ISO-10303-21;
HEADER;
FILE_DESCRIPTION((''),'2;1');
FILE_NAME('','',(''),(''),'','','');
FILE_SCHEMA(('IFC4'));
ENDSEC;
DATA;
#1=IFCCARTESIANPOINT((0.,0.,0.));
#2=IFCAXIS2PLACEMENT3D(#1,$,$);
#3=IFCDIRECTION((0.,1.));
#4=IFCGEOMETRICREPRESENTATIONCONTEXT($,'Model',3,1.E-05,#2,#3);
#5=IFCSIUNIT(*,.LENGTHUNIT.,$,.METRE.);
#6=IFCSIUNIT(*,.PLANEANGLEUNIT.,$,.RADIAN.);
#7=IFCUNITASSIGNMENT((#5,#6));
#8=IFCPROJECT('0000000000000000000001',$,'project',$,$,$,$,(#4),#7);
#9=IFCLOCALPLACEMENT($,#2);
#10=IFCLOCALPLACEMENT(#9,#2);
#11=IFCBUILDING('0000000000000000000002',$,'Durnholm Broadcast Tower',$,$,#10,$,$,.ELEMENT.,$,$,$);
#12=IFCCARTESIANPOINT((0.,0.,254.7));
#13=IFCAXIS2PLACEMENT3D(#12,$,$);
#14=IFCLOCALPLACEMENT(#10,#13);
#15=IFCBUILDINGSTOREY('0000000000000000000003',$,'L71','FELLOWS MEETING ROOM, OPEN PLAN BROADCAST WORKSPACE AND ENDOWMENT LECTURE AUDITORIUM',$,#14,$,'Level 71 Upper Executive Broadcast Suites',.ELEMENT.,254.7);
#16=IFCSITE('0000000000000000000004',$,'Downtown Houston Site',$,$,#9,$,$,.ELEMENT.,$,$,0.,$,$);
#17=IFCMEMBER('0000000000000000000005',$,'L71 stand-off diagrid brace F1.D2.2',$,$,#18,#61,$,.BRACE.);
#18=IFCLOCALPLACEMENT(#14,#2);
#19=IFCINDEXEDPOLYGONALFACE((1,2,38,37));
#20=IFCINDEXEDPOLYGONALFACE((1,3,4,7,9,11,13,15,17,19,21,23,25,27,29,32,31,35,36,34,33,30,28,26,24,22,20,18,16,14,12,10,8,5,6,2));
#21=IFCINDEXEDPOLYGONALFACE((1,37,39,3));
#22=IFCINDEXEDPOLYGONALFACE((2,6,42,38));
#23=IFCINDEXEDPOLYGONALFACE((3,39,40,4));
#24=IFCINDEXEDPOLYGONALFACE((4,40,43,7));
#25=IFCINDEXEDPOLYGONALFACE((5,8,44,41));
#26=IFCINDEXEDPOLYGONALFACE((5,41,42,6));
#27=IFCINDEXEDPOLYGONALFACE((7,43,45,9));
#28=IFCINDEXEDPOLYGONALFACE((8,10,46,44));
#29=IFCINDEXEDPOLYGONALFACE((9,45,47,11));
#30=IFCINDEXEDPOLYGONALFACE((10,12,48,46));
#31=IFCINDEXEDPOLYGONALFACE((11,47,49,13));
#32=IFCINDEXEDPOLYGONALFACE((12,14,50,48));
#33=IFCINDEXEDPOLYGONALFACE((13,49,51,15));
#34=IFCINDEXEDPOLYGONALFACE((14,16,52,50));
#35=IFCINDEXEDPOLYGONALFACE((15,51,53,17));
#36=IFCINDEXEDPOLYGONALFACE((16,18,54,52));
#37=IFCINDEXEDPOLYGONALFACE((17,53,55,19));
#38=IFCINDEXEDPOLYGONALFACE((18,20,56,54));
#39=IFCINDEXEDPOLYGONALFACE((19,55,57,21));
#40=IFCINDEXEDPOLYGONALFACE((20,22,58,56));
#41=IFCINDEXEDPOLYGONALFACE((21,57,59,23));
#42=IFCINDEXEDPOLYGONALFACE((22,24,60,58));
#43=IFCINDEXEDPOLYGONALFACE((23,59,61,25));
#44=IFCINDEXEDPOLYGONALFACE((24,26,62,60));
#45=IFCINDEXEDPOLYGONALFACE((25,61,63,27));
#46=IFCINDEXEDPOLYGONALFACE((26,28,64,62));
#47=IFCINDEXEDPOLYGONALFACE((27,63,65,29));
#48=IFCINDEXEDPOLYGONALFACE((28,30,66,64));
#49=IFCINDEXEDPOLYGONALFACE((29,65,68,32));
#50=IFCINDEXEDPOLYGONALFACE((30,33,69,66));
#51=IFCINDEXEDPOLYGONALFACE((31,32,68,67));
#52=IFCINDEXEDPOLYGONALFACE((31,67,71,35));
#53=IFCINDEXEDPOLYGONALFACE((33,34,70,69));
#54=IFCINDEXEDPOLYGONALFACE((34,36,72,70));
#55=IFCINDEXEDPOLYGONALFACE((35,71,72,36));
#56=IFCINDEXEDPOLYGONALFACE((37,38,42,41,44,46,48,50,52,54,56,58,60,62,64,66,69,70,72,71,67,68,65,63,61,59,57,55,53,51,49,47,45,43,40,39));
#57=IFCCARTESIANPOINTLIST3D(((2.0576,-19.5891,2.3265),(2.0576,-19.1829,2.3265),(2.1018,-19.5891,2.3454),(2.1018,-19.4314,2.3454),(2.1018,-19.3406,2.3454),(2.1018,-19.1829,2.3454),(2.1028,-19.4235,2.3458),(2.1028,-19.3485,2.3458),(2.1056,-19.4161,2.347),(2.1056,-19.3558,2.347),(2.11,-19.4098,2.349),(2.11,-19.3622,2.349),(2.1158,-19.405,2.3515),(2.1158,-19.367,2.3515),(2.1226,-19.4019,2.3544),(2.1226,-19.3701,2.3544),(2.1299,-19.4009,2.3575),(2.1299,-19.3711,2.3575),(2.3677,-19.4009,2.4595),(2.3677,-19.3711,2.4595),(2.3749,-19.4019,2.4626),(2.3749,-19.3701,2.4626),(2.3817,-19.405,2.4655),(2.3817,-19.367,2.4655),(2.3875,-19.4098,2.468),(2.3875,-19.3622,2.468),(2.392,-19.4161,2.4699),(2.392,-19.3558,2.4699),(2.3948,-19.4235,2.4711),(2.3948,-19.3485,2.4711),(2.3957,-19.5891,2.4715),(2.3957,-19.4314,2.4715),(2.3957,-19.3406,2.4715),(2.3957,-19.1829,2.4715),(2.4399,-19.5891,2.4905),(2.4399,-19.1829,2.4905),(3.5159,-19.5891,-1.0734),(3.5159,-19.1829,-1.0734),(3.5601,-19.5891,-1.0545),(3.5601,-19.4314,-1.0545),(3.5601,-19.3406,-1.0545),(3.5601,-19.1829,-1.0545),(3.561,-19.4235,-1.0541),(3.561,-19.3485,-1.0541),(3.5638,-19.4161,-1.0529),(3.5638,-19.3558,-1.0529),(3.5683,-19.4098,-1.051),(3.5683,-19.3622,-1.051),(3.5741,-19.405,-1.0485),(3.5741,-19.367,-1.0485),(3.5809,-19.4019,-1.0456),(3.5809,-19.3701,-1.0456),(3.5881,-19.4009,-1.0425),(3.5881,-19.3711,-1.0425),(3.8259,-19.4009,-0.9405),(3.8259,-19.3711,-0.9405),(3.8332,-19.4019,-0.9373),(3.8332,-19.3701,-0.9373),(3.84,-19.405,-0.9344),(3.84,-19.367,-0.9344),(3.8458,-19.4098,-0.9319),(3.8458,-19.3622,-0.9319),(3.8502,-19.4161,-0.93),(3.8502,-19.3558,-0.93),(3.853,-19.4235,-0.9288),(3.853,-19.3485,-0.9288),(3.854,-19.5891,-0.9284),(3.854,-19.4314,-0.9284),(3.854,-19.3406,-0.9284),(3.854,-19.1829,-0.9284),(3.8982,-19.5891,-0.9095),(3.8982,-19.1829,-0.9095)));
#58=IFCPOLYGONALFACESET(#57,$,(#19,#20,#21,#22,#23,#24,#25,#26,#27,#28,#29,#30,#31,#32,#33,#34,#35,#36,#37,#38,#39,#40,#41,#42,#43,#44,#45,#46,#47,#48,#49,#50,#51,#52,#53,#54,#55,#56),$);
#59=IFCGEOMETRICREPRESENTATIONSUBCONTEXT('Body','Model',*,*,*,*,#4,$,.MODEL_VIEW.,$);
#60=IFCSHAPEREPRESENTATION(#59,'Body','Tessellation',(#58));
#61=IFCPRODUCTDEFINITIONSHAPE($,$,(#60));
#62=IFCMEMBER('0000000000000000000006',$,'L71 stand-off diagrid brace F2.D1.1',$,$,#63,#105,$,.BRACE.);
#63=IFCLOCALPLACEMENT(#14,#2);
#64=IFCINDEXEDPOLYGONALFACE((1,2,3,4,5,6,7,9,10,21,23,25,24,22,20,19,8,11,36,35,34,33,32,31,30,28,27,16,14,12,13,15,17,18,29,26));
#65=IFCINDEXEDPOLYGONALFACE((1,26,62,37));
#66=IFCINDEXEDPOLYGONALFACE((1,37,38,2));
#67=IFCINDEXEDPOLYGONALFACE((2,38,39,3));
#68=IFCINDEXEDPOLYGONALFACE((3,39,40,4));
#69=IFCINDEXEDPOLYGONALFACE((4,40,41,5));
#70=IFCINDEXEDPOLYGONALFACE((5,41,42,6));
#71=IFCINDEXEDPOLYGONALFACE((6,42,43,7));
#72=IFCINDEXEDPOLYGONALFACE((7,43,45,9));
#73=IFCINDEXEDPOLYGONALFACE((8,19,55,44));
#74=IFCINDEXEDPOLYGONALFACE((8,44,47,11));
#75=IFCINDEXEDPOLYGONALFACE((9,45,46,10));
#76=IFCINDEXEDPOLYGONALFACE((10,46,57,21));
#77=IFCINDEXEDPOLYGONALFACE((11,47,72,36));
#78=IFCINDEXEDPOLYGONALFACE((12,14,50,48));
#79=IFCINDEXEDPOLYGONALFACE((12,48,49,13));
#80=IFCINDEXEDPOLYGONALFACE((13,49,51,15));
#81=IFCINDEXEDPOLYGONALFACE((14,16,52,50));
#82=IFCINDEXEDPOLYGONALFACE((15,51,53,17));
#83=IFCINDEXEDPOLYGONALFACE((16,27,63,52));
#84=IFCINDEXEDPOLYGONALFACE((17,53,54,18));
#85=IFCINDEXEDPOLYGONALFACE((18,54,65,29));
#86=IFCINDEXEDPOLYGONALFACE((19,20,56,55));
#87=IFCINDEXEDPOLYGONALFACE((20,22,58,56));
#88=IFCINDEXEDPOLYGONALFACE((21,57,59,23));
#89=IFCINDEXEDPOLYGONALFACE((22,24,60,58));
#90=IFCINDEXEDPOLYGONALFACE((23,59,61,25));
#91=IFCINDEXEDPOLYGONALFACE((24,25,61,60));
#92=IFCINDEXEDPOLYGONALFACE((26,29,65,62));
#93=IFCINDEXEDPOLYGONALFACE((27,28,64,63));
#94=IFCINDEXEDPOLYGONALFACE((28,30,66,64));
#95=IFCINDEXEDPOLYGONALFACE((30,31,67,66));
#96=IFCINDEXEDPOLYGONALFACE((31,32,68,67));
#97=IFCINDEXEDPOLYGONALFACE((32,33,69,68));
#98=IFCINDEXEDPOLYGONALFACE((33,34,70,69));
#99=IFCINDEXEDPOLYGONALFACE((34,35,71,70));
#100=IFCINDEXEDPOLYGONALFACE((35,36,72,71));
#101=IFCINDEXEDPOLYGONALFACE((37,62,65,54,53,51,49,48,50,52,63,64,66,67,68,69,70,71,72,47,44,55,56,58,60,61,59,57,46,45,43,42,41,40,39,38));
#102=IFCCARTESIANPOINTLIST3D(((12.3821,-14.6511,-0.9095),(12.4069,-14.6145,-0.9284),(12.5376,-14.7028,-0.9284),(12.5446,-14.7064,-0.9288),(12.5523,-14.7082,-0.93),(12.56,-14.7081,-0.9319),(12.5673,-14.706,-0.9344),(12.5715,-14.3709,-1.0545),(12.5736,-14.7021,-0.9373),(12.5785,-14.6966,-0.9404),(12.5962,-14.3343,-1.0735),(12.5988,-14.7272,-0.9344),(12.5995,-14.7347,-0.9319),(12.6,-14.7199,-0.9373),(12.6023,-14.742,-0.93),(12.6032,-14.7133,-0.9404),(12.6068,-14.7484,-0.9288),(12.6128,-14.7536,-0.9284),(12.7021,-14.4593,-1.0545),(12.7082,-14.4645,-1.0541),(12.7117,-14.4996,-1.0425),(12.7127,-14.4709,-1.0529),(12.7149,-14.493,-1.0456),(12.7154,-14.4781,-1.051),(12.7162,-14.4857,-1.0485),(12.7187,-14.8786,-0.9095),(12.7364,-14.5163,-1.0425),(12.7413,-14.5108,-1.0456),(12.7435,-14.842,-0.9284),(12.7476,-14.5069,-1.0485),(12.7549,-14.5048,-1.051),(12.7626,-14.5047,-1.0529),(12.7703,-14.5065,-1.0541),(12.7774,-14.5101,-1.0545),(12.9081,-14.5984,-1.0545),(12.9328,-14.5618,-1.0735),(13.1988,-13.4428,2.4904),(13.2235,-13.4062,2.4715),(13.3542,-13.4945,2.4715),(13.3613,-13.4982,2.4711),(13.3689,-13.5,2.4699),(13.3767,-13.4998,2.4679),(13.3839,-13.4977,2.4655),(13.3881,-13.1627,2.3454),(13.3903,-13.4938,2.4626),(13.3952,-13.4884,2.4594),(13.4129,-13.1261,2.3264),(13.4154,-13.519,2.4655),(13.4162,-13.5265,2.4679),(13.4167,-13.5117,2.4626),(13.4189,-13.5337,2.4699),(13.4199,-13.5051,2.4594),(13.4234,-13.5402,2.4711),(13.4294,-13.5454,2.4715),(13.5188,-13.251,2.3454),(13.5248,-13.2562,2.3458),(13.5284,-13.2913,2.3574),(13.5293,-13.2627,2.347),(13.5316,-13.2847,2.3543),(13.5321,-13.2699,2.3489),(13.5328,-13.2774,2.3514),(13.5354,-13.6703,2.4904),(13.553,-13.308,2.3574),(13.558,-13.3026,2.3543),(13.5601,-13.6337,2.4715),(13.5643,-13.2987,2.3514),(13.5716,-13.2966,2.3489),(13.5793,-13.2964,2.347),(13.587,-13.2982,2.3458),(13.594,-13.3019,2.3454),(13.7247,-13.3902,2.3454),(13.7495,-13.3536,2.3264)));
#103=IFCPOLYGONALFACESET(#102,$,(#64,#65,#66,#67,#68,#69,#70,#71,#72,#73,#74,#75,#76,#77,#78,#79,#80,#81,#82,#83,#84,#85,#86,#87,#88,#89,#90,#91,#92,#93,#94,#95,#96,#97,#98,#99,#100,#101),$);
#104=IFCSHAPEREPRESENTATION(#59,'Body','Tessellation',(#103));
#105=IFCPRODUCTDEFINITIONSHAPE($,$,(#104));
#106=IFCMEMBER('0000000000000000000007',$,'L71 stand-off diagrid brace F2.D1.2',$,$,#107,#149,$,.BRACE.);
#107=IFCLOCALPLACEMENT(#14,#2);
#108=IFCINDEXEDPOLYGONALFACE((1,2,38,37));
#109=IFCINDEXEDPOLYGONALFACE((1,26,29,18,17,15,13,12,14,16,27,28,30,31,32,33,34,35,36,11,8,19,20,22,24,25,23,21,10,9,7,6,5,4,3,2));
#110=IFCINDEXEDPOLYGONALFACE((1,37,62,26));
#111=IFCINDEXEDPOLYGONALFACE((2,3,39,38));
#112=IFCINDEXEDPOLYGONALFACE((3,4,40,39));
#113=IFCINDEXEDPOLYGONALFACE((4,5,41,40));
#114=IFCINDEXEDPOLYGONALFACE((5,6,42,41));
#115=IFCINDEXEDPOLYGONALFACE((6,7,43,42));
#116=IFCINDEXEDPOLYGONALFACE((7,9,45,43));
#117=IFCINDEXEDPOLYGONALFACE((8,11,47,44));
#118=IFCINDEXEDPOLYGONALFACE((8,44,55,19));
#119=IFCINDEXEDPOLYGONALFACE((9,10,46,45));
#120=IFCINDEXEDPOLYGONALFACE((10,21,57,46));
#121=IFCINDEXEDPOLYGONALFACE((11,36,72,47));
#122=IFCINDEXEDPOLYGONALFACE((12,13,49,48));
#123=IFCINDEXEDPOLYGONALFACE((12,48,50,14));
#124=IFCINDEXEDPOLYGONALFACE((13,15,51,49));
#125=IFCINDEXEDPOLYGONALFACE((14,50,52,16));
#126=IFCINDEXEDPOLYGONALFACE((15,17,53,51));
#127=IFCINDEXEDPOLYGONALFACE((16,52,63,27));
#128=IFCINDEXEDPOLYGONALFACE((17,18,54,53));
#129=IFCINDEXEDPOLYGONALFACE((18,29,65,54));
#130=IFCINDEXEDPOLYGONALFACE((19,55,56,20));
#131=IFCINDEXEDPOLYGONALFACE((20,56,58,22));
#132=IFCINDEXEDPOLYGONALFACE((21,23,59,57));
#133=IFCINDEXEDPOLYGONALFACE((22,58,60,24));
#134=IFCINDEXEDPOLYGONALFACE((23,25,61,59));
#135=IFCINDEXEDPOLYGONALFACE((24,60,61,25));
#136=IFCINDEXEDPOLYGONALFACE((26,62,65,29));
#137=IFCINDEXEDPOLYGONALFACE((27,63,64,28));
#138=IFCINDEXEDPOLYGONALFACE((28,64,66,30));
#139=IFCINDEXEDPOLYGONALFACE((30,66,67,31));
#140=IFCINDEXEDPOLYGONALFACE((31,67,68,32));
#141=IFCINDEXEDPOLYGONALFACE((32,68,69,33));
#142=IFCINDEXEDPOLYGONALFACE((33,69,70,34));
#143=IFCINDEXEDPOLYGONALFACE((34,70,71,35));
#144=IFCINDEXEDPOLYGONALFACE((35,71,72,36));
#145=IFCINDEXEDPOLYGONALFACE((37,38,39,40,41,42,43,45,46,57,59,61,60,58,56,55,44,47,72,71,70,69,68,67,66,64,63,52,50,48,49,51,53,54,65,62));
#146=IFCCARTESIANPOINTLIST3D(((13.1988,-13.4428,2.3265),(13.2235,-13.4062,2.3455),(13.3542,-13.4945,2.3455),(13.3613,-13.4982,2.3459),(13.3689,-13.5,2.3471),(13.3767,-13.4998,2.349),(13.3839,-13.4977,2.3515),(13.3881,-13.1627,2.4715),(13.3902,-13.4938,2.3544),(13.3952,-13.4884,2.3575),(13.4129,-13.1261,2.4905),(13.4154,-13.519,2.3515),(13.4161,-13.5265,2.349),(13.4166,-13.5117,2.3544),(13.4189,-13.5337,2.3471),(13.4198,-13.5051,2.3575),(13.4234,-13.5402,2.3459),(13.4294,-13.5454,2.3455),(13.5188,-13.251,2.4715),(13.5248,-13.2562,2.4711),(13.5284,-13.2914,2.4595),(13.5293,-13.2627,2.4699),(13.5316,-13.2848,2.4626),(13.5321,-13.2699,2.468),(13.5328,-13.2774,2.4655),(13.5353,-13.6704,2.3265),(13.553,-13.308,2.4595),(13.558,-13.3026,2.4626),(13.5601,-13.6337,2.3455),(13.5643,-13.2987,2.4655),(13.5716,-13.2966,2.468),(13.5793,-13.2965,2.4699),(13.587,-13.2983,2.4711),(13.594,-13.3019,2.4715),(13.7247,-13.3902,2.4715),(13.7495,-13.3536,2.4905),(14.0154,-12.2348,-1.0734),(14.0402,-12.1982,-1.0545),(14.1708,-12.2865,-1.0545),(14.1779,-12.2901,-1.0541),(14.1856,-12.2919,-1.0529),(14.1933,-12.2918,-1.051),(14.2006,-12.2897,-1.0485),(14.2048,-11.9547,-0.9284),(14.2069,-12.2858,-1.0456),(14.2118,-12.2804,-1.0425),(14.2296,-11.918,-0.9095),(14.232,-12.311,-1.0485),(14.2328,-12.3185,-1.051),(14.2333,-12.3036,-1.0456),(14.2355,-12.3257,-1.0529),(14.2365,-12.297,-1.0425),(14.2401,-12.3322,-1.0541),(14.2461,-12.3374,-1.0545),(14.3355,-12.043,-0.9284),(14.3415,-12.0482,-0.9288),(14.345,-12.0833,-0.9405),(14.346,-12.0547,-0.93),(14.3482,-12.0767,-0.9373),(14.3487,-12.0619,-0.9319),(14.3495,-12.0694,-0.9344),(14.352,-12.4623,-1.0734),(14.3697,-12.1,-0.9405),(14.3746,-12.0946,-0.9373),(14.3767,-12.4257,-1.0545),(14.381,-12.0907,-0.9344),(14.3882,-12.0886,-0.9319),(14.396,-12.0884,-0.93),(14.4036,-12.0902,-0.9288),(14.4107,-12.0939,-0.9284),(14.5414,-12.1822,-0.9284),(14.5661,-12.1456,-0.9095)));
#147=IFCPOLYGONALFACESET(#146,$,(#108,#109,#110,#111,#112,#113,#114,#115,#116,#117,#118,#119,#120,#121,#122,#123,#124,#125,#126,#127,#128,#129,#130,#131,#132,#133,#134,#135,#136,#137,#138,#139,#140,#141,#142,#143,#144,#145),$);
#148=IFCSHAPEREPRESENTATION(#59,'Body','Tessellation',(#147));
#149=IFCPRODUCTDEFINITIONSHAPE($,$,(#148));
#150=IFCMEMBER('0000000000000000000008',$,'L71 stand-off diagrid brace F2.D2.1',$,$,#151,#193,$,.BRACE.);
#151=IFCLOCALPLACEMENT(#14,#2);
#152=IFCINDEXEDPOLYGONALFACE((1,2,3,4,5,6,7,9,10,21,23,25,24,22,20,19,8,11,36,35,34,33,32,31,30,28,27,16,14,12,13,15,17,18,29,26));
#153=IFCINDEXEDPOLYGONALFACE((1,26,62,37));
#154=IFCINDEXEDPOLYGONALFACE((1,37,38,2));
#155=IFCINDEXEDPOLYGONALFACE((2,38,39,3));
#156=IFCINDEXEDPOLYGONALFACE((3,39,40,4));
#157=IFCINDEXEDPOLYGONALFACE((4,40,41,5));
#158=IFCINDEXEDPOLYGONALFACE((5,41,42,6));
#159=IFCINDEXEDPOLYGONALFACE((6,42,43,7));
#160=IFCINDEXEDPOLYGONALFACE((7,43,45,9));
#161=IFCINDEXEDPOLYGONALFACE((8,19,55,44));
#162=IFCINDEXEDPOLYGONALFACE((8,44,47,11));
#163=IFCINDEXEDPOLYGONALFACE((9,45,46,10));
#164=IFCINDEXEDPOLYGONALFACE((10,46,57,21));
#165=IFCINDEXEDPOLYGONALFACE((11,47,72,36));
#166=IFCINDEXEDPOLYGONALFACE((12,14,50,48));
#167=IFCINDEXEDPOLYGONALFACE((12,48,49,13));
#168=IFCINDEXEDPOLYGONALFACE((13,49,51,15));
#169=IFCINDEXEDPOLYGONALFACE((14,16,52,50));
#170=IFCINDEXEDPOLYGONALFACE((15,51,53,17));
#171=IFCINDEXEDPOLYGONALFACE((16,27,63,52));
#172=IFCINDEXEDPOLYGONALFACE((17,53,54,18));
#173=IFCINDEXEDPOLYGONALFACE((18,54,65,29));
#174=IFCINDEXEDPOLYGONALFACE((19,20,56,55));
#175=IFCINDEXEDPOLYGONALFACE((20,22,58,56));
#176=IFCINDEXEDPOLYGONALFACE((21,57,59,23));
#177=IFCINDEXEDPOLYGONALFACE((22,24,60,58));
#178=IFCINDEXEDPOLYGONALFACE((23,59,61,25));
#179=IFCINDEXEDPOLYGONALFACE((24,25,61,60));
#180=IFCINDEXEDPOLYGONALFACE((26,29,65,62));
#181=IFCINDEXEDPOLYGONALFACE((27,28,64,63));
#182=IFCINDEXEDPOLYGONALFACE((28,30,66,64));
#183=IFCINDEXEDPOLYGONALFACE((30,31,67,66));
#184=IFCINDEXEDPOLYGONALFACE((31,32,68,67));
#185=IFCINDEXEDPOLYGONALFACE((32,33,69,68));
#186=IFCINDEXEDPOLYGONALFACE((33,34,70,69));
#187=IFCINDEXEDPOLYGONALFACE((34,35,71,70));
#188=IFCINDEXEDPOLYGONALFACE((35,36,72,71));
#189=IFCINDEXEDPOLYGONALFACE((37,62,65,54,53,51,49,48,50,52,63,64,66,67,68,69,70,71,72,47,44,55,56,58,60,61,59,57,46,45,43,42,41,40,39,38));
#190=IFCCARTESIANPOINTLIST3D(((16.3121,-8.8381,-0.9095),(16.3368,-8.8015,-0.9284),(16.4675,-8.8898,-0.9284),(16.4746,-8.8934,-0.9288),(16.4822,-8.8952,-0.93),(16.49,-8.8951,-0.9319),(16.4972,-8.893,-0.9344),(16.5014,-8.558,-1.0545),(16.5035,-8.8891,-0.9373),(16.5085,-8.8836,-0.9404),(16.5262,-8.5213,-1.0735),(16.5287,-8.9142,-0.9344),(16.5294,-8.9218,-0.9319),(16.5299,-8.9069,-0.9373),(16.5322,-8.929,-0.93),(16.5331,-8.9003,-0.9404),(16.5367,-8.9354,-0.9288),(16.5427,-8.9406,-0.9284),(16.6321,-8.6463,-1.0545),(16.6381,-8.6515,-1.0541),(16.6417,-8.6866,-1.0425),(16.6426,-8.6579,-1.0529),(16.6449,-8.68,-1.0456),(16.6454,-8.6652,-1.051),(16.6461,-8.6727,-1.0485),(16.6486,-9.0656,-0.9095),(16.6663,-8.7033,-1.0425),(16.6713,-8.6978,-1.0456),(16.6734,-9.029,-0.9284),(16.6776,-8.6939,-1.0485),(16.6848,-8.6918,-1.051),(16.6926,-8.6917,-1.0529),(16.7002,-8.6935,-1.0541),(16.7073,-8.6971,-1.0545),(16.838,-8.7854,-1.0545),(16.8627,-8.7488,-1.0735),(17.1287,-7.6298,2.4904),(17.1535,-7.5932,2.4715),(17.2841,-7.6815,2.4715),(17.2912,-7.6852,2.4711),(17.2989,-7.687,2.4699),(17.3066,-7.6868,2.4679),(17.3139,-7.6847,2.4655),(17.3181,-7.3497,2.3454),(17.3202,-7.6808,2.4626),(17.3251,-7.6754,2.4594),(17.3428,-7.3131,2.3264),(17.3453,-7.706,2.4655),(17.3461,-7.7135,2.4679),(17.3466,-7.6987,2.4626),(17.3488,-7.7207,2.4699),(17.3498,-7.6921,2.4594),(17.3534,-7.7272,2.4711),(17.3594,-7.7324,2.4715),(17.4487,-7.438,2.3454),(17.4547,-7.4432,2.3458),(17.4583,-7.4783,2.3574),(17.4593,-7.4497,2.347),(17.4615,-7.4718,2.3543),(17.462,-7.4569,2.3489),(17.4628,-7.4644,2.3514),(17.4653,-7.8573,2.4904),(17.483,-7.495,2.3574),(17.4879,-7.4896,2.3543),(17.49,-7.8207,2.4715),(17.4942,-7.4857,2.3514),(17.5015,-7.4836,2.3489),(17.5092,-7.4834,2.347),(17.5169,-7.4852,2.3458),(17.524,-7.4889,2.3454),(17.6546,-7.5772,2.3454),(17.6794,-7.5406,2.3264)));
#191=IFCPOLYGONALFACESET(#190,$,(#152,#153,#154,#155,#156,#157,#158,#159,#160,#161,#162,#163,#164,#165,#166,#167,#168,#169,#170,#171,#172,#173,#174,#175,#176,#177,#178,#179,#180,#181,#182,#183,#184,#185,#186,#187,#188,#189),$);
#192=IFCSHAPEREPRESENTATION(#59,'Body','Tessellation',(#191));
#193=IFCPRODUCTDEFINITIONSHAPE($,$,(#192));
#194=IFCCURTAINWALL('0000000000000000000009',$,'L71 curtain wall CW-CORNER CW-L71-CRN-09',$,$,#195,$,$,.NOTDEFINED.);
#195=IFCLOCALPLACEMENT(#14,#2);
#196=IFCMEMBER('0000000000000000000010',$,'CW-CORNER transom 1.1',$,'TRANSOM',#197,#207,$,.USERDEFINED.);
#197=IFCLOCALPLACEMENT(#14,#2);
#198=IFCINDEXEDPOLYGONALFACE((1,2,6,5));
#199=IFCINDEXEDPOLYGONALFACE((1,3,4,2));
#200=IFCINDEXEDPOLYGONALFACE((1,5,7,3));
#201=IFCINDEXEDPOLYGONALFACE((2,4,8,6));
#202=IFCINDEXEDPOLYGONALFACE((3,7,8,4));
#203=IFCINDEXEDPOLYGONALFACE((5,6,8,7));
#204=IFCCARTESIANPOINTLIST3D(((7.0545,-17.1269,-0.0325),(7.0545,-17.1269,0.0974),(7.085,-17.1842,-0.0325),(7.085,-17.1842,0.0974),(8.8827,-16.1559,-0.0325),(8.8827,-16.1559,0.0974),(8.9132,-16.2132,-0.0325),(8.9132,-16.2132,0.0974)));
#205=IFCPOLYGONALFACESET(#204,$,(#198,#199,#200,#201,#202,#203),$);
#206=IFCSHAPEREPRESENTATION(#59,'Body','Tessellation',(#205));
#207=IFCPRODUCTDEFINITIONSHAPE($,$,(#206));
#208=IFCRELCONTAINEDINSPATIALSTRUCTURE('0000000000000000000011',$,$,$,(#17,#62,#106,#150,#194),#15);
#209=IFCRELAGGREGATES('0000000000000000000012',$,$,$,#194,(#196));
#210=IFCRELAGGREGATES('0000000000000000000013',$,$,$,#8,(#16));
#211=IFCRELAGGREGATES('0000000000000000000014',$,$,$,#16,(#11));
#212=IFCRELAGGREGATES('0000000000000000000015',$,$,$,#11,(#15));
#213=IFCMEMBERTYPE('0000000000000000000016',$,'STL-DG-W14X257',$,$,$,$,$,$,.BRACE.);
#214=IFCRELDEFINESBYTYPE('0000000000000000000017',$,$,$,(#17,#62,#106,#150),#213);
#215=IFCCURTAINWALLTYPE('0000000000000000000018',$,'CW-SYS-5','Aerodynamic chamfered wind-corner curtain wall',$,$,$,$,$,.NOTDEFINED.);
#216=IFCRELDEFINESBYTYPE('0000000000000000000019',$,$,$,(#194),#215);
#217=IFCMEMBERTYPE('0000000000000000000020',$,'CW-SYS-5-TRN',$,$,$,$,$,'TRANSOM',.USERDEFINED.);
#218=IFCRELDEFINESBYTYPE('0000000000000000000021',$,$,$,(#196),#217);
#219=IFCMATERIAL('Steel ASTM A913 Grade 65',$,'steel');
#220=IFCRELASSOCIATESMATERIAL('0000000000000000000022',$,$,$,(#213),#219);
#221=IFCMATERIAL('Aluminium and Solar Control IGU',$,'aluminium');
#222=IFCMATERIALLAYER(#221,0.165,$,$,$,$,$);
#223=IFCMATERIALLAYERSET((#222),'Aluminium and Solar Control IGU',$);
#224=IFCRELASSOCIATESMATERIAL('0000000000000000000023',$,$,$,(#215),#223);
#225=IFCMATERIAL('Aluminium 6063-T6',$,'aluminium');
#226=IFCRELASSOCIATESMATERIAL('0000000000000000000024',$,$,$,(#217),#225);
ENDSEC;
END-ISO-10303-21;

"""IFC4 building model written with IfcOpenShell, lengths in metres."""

from ifc_helpers import new_model, si_unit, direction, frame, origin, origin_2d, place, context, subcontext, project, spatial, rectangle, i_section, extrude, source, transform, mapped, material, layer, layer_set, material_profile, profile_set, type_object, type_shapes, element, aggregate, save


model = new_model("IFC4")

# Units and contexts
model_context = context("Model", 3, precision=1e-05, world=origin(), true_north=direction((0.0, 1.0)))
body_context = subcontext(model_context, "Body", "Model", "MODEL_VIEW")
ifc_project = project(units=[si_unit("LENGTHUNIT", "METRE"), si_unit("PLANEANGLEUNIT", "RADIAN")], contexts=[model_context])

# Site, building, storey
site_placement = place(None, origin())
site = spatial("IfcSite", under=ifc_project, at=site_placement, Name="Downtown Houston Site", CompositionType="ELEMENT", RefElevation=0.0)
building_placement = place(site_placement, origin())
building = spatial("IfcBuilding", under=site, at=building_placement, Name="Durnholm Broadcast Tower", CompositionType="ELEMENT")
storey_placement = place(building_placement, frame((0.0, 0.0, 254.7)))
storey = spatial("IfcBuildingStorey", under=building, at=storey_placement, Name="L71", Description="FELLOWS MEETING ROOM, OPEN PLAN BROADCAST WORKSPACE AND ENDOWMENT LECTURE AUDITORIUM", LongName="Level 71 Upper Executive Broadcast Suites", CompositionType="ELEMENT", Elevation=254.7)

# Members
ifc_material_1 = material(Name="Steel ASTM A913 Grade 65", Category="steel")
ifc_material_profile_1 = material_profile(ifc_material_1, i_section(OverallWidth=0.4062, OverallDepth=0.416, WebThickness=0.0298, FlangeThickness=0.0481, FilletRadius=0.0305, at=origin_2d()), Name="W14X257")
ifc_profile_set_1 = profile_set([ifc_material_profile_1], Name="Steel ASTM A913 Grade 65")
member_type_1 = type_object("IfcMemberType", Name="STL-DG-W14X257", PredefinedType="BRACE", material=ifc_profile_set_1)
shared_shape_1 = source(origin(), body_context, "Body", "SweptSolid", [
    extrude(i_section(OverallWidth=0.4062, OverallDepth=0.416, WebThickness=0.0298, FlangeThickness=0.0481, FilletRadius=0.0305, at=origin_2d()), origin(), (0.0, 0.0, 1.0), 3.6995),
])
type_shapes(member_type_1, [shared_shape_1])
for number, where, z_axis, x_axis, name in (
    (1, (3.707, -19.386, -0.9915), (-0.394182, 0.0, 0.919032), (0.0, -1.0, 0.0), "L71 stand-off diagrid brace F1.D2.2"),
    (2, (12.6575, -14.6064, -0.9915), (0.220748, 0.326601, 0.919023), (-0.828505, 0.559982, 0.0), "L71 stand-off diagrid brace F2.D1.1"),
    (3, (14.2908, -12.1902, -0.9915), (-0.220752, -0.326542, 0.919042), (0.828452, -0.560059, 0.0), "L71 stand-off diagrid brace F2.D1.2"),
    (4, (16.5874, -8.7935, -0.9915), (0.220748, 0.326601, 0.919023), (-0.828505, 0.559982, 0.0), "L71 stand-off diagrid brace F2.D2.1"),
):
    element("IfcMember", number, at=place(storey_placement, frame(where, z_axis=z_axis, x_axis=x_axis)), inside=storey, type_object=member_type_1, Name=name, PredefinedType="BRACE", context=body_context, shape_type="MappedRepresentation", body=[
        mapped(shared_shape_1, transform((0.0, 0.0, 0.0), x_axis=(1.0, 0.0, 0.0), y_axis=(0.0, 1.0, 0.0), z_axis=(0.0, 0.0, 1.0), scale=1.0)),
    ])

# Curtain wall, member
ifc_material_2 = material(Name="Aluminium and Solar Control IGU", Category="aluminium")
ifc_layer_1 = layer(ifc_material_2, 0.165)
ifc_layer_set_1 = layer_set([ifc_layer_1], Name="Aluminium and Solar Control IGU")
curtain_wall_type_1 = type_object("IfcCurtainWallType", Name="CW-SYS-5", Description="Aerodynamic chamfered wind-corner curtain wall", PredefinedType="NOTDEFINED", material=ifc_layer_set_1)
curtain_wall_1_placement = place(storey_placement, origin())
curtain_wall_1 = element("IfcCurtainWall", 5, at=curtain_wall_1_placement, inside=storey, type_object=curtain_wall_type_1, Name="L71 curtain wall CW-CORNER CW-L71-CRN-09", PredefinedType="NOTDEFINED")
ifc_material_3 = material(Name="Aluminium 6063-T6", Category="aluminium")
ifc_material_profile_2 = material_profile(ifc_material_3, rectangle(XDim=0.0649, YDim=0.1299, at=origin_2d()), Name="CWT65X130")
ifc_profile_set_2 = profile_set([ifc_material_profile_2], Name="Aluminium 6063-T6")
member_type_2 = type_object("IfcMemberType", Name="CW-SYS-5-TRN", ElementType="TRANSOM", PredefinedType="USERDEFINED", material=ifc_profile_set_2)
shared_shape_2 = source(origin(), body_context, "Body", "SweptSolid", [
    extrude(rectangle(XDim=0.0649, YDim=0.1299, at=origin_2d()), origin(), (0.0, 0.0, 1.0), 2.0701),
])
type_shapes(member_type_2, [shared_shape_2])
member_1_placement = place(storey_placement, frame((8.8979, -16.1846, 0.0325), z_axis=(-0.883165, -0.469063, 0.0), x_axis=(0.469063, -0.883165, 0.0)))
member_1 = element("IfcMember", 6, at=member_1_placement, type_object=member_type_2, Name="CW-CORNER transom 1.1", ObjectType="TRANSOM", PredefinedType="USERDEFINED", context=body_context, shape_type="MappedRepresentation", body=[
    mapped(shared_shape_2, transform((0.0, 0.0, 0.0), x_axis=(1.0, 0.0, 0.0), y_axis=(0.0, 1.0, 0.0), z_axis=(0.0, 0.0, 1.0), scale=1.0)),
])

aggregate(curtain_wall_1, [member_1])

save(model, "model.ifc")
